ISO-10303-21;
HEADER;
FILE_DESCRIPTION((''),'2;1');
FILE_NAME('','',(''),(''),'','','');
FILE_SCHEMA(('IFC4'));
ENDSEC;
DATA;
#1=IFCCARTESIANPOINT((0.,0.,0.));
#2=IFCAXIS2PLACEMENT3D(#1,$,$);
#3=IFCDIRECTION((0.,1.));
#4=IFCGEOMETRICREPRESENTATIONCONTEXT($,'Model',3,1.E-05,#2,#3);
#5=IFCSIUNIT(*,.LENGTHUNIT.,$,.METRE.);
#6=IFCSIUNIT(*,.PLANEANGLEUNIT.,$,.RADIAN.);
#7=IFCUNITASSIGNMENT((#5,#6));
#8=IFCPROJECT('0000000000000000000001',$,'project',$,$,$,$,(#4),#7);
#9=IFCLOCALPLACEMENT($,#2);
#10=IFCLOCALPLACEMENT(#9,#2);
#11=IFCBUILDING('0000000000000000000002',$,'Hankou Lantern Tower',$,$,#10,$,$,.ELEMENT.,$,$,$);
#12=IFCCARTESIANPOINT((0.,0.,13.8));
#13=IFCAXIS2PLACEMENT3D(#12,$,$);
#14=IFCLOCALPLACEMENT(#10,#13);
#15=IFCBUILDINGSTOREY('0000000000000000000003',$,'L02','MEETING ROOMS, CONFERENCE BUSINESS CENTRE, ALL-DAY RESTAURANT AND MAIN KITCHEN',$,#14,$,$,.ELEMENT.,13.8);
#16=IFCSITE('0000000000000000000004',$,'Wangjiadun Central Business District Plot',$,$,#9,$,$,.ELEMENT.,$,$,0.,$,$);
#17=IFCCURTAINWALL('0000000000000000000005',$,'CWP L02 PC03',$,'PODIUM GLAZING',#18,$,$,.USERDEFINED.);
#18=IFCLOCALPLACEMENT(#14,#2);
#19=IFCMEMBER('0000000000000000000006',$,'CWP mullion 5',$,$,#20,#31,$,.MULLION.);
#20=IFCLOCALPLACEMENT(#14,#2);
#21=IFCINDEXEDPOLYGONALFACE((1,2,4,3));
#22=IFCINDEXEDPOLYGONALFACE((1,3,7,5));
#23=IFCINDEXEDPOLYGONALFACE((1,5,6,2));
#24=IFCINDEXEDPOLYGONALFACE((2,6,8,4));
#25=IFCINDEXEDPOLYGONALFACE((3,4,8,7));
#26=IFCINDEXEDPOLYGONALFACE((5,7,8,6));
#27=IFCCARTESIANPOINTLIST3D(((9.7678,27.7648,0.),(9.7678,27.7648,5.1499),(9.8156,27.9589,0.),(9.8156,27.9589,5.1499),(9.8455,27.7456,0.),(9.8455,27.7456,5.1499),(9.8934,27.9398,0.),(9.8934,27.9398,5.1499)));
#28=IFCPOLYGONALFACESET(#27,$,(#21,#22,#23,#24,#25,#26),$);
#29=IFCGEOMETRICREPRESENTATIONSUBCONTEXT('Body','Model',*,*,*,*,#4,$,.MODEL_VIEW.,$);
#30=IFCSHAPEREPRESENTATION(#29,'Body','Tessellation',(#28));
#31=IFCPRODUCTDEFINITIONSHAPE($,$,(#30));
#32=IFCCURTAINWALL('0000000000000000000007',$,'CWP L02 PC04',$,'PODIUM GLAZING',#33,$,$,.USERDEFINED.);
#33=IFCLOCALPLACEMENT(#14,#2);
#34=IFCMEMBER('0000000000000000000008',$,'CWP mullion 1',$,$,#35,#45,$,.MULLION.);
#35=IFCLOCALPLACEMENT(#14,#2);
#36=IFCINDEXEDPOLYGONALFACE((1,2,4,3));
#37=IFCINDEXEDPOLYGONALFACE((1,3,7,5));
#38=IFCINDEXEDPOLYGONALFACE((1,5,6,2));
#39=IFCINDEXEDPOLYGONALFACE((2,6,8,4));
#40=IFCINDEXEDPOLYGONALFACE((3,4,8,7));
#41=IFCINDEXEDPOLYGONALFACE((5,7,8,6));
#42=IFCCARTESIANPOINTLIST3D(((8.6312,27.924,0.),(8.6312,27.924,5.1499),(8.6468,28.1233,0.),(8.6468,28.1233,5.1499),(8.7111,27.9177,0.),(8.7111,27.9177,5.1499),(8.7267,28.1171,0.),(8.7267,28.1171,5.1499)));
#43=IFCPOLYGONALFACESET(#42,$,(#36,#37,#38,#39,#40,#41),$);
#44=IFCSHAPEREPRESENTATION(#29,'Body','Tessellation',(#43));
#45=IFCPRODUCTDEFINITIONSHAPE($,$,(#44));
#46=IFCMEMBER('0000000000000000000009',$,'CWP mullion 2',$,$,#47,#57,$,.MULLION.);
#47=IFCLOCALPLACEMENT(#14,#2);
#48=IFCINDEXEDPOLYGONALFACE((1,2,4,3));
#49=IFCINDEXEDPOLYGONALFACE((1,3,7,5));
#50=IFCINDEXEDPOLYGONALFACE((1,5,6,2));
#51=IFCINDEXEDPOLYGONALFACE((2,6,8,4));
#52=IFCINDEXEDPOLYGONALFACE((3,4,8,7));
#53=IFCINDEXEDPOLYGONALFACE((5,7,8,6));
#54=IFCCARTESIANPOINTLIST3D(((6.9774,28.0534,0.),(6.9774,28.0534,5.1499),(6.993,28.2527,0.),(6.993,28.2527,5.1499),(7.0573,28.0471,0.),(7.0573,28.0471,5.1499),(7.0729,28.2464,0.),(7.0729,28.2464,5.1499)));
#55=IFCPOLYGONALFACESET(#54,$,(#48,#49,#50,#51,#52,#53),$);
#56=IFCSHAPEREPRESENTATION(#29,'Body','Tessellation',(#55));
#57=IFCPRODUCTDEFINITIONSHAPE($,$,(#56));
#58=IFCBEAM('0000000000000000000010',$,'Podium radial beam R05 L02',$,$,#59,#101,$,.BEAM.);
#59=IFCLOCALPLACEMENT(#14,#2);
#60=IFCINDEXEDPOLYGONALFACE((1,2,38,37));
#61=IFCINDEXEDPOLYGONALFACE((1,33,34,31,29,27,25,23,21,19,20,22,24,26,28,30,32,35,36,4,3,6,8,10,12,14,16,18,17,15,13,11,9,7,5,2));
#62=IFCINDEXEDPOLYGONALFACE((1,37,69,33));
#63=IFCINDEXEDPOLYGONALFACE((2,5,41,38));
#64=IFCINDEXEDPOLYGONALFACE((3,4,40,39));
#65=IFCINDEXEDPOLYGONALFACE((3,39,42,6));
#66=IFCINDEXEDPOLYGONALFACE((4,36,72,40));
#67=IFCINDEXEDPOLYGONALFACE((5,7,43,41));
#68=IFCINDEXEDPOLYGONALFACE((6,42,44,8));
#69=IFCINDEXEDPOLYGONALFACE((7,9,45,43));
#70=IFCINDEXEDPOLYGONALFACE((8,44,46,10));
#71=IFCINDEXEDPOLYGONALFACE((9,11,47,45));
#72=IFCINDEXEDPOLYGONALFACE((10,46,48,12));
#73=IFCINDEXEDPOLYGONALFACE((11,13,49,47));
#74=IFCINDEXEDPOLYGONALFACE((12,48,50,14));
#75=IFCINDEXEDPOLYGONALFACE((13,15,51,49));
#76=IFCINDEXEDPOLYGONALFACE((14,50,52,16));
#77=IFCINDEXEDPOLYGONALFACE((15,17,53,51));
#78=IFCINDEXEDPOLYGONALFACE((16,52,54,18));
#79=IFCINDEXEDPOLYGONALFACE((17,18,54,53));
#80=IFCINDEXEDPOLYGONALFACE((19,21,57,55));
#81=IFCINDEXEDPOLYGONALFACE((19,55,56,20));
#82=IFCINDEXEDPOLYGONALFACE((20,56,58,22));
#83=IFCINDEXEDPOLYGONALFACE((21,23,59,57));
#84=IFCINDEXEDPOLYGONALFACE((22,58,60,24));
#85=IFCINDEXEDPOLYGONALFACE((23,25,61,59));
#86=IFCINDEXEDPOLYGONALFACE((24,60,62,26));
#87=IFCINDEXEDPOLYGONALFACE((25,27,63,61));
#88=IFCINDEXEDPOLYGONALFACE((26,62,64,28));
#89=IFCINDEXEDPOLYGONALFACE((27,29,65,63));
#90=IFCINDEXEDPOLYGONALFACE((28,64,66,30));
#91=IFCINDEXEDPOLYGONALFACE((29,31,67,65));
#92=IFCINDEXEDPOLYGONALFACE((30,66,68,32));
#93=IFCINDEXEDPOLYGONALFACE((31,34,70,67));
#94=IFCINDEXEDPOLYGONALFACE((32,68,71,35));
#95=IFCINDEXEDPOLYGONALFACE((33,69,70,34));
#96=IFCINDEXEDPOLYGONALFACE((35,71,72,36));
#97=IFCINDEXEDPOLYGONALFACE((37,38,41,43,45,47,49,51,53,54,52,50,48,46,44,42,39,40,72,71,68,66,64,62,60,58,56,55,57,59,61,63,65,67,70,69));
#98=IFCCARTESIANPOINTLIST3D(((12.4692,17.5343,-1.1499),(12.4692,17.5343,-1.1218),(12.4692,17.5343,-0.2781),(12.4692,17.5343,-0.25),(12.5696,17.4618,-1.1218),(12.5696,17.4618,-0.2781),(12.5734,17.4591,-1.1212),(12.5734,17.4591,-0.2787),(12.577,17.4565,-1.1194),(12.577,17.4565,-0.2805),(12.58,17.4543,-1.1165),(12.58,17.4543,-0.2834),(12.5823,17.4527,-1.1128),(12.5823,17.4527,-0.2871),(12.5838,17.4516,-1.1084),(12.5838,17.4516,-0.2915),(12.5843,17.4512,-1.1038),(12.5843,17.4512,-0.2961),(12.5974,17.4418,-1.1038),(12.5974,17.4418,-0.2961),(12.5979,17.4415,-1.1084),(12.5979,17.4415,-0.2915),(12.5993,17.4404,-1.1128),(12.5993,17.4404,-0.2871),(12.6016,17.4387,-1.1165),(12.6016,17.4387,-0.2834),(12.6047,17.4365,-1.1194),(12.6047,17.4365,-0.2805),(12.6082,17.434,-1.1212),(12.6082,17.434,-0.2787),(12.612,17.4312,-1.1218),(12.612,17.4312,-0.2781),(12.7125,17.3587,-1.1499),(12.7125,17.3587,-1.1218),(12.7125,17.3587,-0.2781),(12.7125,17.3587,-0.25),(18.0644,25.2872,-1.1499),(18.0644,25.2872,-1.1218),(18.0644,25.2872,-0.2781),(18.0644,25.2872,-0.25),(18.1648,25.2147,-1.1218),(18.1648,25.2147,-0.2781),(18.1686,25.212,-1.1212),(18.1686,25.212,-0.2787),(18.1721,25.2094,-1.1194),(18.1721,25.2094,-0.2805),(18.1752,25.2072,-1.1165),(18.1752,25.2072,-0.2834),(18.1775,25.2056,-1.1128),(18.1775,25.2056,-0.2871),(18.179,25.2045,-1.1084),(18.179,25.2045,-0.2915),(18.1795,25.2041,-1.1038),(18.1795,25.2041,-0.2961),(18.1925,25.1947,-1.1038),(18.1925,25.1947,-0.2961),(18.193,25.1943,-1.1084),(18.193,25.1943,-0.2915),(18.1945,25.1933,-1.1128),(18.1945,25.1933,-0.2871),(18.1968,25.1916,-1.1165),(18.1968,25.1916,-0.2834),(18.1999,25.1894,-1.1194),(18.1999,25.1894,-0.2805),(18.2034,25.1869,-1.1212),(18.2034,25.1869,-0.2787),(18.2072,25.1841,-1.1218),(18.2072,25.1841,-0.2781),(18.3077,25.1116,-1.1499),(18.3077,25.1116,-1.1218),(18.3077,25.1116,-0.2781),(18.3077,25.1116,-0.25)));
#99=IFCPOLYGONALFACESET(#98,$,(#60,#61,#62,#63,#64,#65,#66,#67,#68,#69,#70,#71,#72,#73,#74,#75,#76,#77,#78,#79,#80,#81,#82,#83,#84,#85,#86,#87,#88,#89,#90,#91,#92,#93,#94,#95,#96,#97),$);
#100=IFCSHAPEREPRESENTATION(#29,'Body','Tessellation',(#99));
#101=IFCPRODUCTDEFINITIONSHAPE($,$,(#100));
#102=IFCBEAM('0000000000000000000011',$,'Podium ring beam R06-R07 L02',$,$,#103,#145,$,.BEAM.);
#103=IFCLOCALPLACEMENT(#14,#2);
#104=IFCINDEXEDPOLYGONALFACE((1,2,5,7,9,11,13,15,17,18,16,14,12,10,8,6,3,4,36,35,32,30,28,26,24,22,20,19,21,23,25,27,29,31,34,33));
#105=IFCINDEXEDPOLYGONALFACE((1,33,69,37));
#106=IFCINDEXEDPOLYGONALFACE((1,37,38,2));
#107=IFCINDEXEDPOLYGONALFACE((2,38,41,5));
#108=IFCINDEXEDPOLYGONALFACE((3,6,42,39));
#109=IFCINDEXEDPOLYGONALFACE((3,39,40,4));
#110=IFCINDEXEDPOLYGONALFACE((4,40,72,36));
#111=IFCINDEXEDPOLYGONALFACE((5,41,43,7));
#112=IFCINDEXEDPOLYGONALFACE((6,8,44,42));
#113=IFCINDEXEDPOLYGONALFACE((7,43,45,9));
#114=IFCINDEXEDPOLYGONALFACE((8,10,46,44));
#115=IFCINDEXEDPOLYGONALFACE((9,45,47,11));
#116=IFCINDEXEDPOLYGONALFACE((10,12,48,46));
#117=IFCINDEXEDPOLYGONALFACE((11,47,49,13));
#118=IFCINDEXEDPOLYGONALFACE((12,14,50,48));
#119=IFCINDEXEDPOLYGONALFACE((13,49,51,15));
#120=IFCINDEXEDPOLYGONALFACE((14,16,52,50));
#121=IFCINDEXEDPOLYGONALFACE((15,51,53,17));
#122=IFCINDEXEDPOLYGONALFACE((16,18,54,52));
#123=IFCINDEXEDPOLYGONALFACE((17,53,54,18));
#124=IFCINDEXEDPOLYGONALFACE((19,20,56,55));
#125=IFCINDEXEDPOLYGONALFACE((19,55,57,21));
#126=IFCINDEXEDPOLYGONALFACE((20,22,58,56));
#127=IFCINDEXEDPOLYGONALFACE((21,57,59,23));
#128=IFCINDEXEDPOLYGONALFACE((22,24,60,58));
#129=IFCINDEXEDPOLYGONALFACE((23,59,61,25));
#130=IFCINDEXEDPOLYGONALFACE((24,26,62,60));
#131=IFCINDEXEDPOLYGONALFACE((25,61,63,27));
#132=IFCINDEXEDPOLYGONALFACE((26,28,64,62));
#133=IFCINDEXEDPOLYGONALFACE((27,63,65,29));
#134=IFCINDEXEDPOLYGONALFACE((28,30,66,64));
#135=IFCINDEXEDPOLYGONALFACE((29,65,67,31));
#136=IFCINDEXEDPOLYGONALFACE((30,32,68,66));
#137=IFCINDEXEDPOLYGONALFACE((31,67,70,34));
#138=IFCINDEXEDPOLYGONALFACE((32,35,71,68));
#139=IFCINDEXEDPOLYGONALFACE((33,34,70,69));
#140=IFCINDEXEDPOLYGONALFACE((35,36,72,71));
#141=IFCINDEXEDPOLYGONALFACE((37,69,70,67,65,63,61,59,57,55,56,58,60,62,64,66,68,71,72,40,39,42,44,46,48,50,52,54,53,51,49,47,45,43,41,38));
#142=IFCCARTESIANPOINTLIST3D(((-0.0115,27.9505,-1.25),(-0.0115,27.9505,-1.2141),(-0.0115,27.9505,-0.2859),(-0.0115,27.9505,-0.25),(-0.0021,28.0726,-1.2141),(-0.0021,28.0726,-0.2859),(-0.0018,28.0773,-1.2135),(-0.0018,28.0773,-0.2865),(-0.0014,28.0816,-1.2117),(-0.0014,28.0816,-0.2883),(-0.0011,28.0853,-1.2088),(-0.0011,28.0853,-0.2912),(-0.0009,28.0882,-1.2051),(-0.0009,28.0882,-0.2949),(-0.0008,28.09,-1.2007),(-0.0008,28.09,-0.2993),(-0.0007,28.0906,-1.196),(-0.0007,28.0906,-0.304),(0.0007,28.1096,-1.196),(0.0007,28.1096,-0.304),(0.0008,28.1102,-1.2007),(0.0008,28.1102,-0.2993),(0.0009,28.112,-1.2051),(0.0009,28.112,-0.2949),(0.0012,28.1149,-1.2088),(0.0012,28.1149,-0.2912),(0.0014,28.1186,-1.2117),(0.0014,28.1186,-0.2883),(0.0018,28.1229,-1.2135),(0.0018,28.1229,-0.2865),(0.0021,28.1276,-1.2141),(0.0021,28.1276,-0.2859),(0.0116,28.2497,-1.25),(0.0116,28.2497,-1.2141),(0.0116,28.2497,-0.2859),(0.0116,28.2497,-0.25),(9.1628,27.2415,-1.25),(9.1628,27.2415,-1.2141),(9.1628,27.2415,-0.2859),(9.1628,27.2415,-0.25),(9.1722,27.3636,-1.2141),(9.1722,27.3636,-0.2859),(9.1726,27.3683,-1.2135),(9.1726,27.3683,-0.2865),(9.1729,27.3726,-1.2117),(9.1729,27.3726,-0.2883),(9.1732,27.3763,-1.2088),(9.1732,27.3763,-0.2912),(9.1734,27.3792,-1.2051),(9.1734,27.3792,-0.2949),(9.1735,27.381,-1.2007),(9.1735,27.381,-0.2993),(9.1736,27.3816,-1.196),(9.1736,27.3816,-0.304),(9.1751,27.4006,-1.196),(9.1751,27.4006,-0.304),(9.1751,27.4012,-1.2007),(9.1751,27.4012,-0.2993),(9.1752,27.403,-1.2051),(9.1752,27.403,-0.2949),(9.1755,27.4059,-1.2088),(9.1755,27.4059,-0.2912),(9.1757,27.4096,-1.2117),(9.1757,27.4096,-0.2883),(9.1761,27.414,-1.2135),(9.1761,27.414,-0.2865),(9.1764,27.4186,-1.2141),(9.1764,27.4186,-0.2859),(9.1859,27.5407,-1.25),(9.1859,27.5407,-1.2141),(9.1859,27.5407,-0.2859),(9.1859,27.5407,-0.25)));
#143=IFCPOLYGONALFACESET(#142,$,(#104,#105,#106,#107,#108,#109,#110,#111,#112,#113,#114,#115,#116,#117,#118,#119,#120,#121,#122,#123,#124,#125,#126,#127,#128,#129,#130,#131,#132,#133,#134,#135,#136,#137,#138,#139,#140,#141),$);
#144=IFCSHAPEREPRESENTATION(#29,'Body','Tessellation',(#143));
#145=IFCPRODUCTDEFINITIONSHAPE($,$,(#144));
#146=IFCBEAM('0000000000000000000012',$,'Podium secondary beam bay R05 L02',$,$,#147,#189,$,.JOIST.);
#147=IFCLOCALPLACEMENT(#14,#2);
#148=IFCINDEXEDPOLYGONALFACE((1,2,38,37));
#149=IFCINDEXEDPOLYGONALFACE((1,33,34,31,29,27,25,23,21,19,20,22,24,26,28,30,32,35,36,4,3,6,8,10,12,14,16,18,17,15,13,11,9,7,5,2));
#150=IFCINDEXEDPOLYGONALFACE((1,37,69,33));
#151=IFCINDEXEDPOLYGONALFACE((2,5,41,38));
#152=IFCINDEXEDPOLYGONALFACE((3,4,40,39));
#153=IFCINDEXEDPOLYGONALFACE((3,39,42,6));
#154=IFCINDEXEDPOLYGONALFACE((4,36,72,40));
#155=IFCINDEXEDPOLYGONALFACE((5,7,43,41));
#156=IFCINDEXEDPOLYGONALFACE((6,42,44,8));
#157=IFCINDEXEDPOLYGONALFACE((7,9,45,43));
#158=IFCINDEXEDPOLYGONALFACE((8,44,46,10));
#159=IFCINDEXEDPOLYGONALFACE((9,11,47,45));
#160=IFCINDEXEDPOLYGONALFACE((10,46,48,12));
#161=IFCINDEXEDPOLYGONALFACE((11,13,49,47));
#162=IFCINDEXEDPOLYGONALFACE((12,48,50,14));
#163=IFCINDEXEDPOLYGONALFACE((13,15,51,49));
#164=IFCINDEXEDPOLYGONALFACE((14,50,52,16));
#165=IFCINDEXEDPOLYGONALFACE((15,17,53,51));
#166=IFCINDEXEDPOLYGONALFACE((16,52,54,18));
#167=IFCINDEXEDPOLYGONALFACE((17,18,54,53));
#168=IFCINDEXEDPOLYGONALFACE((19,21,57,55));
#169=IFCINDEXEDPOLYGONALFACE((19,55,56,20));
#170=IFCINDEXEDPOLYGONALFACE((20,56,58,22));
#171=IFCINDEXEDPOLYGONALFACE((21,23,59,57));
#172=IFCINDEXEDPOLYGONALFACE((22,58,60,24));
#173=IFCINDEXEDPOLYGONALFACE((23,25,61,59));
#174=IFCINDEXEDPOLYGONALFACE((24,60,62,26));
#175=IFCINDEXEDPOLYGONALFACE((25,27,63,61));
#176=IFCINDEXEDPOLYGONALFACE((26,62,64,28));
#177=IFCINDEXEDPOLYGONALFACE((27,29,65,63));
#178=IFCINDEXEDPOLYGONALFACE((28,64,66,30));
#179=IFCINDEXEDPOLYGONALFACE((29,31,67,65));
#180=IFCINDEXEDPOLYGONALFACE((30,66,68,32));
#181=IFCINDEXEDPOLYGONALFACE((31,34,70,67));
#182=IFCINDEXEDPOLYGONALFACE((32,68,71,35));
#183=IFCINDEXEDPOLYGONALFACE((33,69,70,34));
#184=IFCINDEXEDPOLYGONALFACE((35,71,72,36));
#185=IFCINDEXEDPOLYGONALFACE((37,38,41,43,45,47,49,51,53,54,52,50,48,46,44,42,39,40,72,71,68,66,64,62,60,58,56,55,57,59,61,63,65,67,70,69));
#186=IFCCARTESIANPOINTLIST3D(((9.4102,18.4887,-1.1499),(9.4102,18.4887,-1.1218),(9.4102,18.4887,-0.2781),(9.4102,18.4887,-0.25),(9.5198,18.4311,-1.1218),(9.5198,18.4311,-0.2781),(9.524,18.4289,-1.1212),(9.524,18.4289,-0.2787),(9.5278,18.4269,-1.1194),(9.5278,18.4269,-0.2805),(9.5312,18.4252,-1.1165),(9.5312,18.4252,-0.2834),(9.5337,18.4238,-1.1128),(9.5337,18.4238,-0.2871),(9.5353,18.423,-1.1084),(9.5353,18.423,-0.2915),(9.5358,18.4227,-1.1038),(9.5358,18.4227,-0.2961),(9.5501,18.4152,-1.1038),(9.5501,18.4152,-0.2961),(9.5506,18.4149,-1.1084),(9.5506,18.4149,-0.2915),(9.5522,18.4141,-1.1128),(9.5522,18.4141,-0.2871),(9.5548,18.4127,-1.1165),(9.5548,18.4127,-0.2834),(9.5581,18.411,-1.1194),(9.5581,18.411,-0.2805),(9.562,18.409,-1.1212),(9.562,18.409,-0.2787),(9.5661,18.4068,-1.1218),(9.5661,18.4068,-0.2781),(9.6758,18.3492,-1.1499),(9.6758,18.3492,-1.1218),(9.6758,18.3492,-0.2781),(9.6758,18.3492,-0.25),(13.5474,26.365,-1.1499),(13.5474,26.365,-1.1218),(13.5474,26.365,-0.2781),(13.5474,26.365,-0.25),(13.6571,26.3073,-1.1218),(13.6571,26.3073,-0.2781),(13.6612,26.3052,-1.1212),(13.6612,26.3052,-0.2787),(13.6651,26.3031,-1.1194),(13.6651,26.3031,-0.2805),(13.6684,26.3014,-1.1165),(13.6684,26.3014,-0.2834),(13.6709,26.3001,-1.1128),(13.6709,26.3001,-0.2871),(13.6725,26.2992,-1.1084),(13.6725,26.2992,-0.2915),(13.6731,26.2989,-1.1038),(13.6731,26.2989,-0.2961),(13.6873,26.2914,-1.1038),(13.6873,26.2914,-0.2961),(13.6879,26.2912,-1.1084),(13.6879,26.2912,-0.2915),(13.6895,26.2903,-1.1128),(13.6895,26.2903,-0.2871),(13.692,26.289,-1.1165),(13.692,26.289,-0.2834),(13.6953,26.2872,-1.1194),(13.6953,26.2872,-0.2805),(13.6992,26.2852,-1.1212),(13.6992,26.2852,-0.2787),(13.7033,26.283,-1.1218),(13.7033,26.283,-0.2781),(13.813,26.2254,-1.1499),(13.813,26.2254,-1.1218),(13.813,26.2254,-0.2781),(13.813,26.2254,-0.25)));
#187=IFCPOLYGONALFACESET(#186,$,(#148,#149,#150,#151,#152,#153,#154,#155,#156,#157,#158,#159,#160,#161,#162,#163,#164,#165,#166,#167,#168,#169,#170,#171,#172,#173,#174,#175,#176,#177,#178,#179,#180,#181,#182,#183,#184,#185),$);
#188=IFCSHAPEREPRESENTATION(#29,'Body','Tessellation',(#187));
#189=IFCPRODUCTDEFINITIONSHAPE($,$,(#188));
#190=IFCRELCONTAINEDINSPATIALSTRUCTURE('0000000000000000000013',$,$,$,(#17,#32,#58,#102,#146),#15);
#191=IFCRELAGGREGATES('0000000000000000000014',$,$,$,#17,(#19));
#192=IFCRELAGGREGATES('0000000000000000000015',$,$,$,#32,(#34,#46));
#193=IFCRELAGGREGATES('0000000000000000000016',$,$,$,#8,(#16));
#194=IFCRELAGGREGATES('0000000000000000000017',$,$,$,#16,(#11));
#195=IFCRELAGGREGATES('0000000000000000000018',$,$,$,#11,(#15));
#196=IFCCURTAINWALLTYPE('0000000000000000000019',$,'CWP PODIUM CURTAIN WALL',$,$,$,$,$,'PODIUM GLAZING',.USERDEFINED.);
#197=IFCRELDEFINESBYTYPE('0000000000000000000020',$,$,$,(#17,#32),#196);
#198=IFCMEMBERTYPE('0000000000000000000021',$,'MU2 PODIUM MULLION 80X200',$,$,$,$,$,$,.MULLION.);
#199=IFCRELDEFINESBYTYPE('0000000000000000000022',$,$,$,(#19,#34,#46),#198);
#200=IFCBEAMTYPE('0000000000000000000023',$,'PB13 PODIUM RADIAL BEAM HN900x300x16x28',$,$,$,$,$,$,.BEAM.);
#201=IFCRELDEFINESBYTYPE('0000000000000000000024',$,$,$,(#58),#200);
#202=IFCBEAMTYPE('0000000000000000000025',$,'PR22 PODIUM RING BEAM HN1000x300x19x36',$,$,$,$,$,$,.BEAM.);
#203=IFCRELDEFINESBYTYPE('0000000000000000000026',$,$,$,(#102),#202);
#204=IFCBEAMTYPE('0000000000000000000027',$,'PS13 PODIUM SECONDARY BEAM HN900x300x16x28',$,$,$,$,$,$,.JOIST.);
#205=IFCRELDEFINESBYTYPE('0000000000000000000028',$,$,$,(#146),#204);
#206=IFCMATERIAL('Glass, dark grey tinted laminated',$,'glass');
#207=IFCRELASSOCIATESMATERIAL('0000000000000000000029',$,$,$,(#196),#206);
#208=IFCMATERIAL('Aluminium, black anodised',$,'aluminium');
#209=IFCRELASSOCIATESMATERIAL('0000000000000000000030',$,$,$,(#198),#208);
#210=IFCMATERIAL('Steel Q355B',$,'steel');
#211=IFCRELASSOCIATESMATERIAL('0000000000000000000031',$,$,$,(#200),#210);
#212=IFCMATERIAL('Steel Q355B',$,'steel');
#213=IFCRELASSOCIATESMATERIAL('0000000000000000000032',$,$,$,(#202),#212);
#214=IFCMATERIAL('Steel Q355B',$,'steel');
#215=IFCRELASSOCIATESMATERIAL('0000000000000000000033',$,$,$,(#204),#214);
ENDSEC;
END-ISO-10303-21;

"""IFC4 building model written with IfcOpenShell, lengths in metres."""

from ifc_helpers import new_model, si_unit, direction, frame, origin, origin_2d, place, context, subcontext, project, spatial, rectangle, i_section, extrude, material, material_profile, profile_set, type_object, element, aggregate, save


model = new_model("IFC4")

# Units and contexts
model_context = context("Model", 3, precision=1e-05, world=origin(), true_north=direction((0.0, 1.0)))
body_context = subcontext(model_context, "Body", "Model", "MODEL_VIEW")
ifc_project = project(units=[si_unit("LENGTHUNIT", "METRE"), si_unit("PLANEANGLEUNIT", "RADIAN")], contexts=[model_context])

# Site, building, storey
site_placement = place(None, origin())
site = spatial("IfcSite", under=ifc_project, at=site_placement, Name="Wangjiadun Central Business District Plot", CompositionType="ELEMENT", RefElevation=0.0)
building_placement = place(site_placement, origin())
building = spatial("IfcBuilding", under=site, at=building_placement, Name="Hankou Lantern Tower", CompositionType="ELEMENT")
storey_placement = place(building_placement, frame((0.0, 0.0, 13.8)))
storey = spatial("IfcBuildingStorey", under=building, at=storey_placement, Name="L02", Description="MEETING ROOMS, CONFERENCE BUSINESS CENTRE, ALL-DAY RESTAURANT AND MAIN KITCHEN", CompositionType="ELEMENT", Elevation=13.8)

# Curtain walls, members
ifc_material_1 = material(Name="Glass, dark grey tinted laminated", Category="glass")
curtain_wall_type = type_object("IfcCurtainWallType", Name="CWP PODIUM CURTAIN WALL", ElementType="PODIUM GLAZING", PredefinedType="USERDEFINED", material=ifc_material_1)
curtain_wall_1_placement = place(storey_placement, origin())
curtain_wall_1 = element("IfcCurtainWall", 1, at=curtain_wall_1_placement, inside=storey, type_object=curtain_wall_type, Name="CWP L02 PC03", ObjectType="PODIUM GLAZING", PredefinedType="USERDEFINED")
ifc_material_2 = material(Name="Aluminium, black anodised", Category="aluminium")
ifc_material_profile_1 = material_profile(ifc_material_2, rectangle(XDim=0.0801, YDim=0.2, at=origin_2d()), Name="MU2 80X200")
ifc_profile_set_1 = profile_set([ifc_material_profile_1], Name="Aluminium, black anodised")
member_type_1 = type_object("IfcMemberType", Name="MU2 PODIUM MULLION 80X200", PredefinedType="MULLION", material=ifc_profile_set_1)
member_1_placement = place(storey_placement, frame((9.8306, 27.8523, 0.0), z_axis=(0.0, 0.0, 1.0), x_axis=(-0.970961, 0.239238, 0.0)))
member_1 = element("IfcMember", 2, at=member_1_placement, type_object=member_type_1, Name="CWP mullion 5", PredefinedType="MULLION", context=body_context, shape_type="SweptSolid", body=[
    extrude(rectangle(XDim=0.0801, YDim=0.2, at=origin_2d()), origin(), (0.0, 0.0, 1.0), 5.1499),
])
curtain_wall_2_placement = place(storey_placement, origin())
curtain_wall_2 = element("IfcCurtainWall", 3, at=curtain_wall_2_placement, inside=storey, type_object=curtain_wall_type, Name="CWP L02 PC04", ObjectType="PODIUM GLAZING", PredefinedType="USERDEFINED")
member_2_placement = place(storey_placement, frame((8.679, 28.0205, 0.0), z_axis=(0.0, 0.0, 1.0), x_axis=(-0.996949, 0.078062, 0.0)))
member_2 = element("IfcMember", 4, at=member_2_placement, type_object=member_type_1, Name="CWP mullion 1", PredefinedType="MULLION", context=body_context, shape_type="SweptSolid", body=[
    extrude(rectangle(XDim=0.0801, YDim=0.2, at=origin_2d()), origin(), (0.0, 0.0, 1.0), 5.1499),
])
member_3_placement = place(storey_placement, frame((7.0251, 28.1499, 0.0), z_axis=(0.0, 0.0, 1.0), x_axis=(-0.996949, 0.078062, 0.0)))
member_3 = element("IfcMember", 5, at=member_3_placement, type_object=member_type_1, Name="CWP mullion 2", PredefinedType="MULLION", context=body_context, shape_type="SweptSolid", body=[
    extrude(rectangle(XDim=0.0801, YDim=0.2, at=origin_2d()), origin(), (0.0, 0.0, 1.0), 5.1499),
])

# Beams
ifc_material_3 = material(Name="Steel Q355B", Category="steel")
ifc_material_profile_2 = material_profile(ifc_material_3, i_section(OverallWidth=0.3, OverallDepth=0.8999, WebThickness=0.0161, FlangeThickness=0.0281, FilletRadius=0.0181, at=origin_2d()), Name="HN900x300x16x28")
ifc_profile_set_2 = profile_set([ifc_material_profile_2], Name="Steel Q355B")
beam_type_1 = type_object("IfcBeamType", Name="PB13 PODIUM RADIAL BEAM HN900x300x16x28", PredefinedType="BEAM", material=ifc_profile_set_2)
beam_1_placement = place(storey_placement, frame((12.5908, 17.4465, -0.7), z_axis=(0.585207, 0.810884, 0.0), x_axis=(-0.810884, 0.585207, 0.0)))
element("IfcBeam", 6, at=beam_1_placement, inside=storey, type_object=beam_type_1, Name="Podium radial beam R05 L02", PredefinedType="BEAM", context=body_context, shape_type="SweptSolid", body=[
    extrude(i_section(OverallWidth=0.3, OverallDepth=0.8999, WebThickness=0.0161, FlangeThickness=0.0281, FilletRadius=0.0181, at=origin_2d()), origin(), (0.0, 0.0, 1.0), 9.561),
])
ifc_material_4 = material(Name="Steel Q355B", Category="steel")
ifc_material_profile_3 = material_profile(ifc_material_4, i_section(OverallWidth=0.3, OverallDepth=1.0, WebThickness=0.019, FlangeThickness=0.0359, FilletRadius=0.0181, at=origin_2d()), Name="HN1000x300x19x36")
ifc_profile_set_3 = profile_set([ifc_material_profile_3], Name="Steel Q355B")
beam_type_2 = type_object("IfcBeamType", Name="PR22 PODIUM RING BEAM HN1000x300x19x36", PredefinedType="BEAM", material=ifc_profile_set_3)
beam_2_placement = place(storey_placement, frame((9.1743, 27.3911, -0.75), z_axis=(-0.997027, 0.07705, 0.0), x_axis=(-0.07705, -0.997027, 0.0)))
element("IfcBeam", 7, at=beam_2_placement, inside=storey, type_object=beam_type_2, Name="Podium ring beam R06-R07 L02", PredefinedType="BEAM", context=body_context, shape_type="SweptSolid", body=[
    extrude(i_section(OverallWidth=0.3, OverallDepth=1.0, WebThickness=0.019, FlangeThickness=0.0359, FilletRadius=0.0181, at=origin_2d()), origin(), (0.0, 0.0, 1.0), 9.2017),
])
ifc_material_5 = material(Name="Steel Q355B", Category="steel")
ifc_material_profile_4 = material_profile(ifc_material_5, i_section(OverallWidth=0.3, OverallDepth=0.8999, WebThickness=0.0161, FlangeThickness=0.0281, FilletRadius=0.0181, at=origin_2d()), Name="HN900x300x16x28")
ifc_profile_set_4 = profile_set([ifc_material_profile_4], Name="Steel Q355B")
beam_type_3 = type_object("IfcBeamType", Name="PS13 PODIUM SECONDARY BEAM HN900x300x16x28", PredefinedType="JOIST", material=ifc_profile_set_4)
beam_3_placement = place(storey_placement, frame((9.543, 18.4189, -0.7), z_axis=(0.465027, 0.885297, 0.0), x_axis=(-0.885297, 0.465027, 0.0)))
element("IfcBeam", 8, at=beam_3_placement, inside=storey, type_object=beam_type_3, Name="Podium secondary beam bay R05 L02", PredefinedType="JOIST", context=body_context, shape_type="SweptSolid", body=[
    extrude(i_section(OverallWidth=0.3, OverallDepth=0.8999, WebThickness=0.0161, FlangeThickness=0.0281, FilletRadius=0.0181, at=origin_2d()), origin(), (0.0, 0.0, 1.0), 8.8967),
])

aggregate(curtain_wall_1, [member_1])
aggregate(curtain_wall_2, [member_2, member_3])

save(model, "model.ifc")
